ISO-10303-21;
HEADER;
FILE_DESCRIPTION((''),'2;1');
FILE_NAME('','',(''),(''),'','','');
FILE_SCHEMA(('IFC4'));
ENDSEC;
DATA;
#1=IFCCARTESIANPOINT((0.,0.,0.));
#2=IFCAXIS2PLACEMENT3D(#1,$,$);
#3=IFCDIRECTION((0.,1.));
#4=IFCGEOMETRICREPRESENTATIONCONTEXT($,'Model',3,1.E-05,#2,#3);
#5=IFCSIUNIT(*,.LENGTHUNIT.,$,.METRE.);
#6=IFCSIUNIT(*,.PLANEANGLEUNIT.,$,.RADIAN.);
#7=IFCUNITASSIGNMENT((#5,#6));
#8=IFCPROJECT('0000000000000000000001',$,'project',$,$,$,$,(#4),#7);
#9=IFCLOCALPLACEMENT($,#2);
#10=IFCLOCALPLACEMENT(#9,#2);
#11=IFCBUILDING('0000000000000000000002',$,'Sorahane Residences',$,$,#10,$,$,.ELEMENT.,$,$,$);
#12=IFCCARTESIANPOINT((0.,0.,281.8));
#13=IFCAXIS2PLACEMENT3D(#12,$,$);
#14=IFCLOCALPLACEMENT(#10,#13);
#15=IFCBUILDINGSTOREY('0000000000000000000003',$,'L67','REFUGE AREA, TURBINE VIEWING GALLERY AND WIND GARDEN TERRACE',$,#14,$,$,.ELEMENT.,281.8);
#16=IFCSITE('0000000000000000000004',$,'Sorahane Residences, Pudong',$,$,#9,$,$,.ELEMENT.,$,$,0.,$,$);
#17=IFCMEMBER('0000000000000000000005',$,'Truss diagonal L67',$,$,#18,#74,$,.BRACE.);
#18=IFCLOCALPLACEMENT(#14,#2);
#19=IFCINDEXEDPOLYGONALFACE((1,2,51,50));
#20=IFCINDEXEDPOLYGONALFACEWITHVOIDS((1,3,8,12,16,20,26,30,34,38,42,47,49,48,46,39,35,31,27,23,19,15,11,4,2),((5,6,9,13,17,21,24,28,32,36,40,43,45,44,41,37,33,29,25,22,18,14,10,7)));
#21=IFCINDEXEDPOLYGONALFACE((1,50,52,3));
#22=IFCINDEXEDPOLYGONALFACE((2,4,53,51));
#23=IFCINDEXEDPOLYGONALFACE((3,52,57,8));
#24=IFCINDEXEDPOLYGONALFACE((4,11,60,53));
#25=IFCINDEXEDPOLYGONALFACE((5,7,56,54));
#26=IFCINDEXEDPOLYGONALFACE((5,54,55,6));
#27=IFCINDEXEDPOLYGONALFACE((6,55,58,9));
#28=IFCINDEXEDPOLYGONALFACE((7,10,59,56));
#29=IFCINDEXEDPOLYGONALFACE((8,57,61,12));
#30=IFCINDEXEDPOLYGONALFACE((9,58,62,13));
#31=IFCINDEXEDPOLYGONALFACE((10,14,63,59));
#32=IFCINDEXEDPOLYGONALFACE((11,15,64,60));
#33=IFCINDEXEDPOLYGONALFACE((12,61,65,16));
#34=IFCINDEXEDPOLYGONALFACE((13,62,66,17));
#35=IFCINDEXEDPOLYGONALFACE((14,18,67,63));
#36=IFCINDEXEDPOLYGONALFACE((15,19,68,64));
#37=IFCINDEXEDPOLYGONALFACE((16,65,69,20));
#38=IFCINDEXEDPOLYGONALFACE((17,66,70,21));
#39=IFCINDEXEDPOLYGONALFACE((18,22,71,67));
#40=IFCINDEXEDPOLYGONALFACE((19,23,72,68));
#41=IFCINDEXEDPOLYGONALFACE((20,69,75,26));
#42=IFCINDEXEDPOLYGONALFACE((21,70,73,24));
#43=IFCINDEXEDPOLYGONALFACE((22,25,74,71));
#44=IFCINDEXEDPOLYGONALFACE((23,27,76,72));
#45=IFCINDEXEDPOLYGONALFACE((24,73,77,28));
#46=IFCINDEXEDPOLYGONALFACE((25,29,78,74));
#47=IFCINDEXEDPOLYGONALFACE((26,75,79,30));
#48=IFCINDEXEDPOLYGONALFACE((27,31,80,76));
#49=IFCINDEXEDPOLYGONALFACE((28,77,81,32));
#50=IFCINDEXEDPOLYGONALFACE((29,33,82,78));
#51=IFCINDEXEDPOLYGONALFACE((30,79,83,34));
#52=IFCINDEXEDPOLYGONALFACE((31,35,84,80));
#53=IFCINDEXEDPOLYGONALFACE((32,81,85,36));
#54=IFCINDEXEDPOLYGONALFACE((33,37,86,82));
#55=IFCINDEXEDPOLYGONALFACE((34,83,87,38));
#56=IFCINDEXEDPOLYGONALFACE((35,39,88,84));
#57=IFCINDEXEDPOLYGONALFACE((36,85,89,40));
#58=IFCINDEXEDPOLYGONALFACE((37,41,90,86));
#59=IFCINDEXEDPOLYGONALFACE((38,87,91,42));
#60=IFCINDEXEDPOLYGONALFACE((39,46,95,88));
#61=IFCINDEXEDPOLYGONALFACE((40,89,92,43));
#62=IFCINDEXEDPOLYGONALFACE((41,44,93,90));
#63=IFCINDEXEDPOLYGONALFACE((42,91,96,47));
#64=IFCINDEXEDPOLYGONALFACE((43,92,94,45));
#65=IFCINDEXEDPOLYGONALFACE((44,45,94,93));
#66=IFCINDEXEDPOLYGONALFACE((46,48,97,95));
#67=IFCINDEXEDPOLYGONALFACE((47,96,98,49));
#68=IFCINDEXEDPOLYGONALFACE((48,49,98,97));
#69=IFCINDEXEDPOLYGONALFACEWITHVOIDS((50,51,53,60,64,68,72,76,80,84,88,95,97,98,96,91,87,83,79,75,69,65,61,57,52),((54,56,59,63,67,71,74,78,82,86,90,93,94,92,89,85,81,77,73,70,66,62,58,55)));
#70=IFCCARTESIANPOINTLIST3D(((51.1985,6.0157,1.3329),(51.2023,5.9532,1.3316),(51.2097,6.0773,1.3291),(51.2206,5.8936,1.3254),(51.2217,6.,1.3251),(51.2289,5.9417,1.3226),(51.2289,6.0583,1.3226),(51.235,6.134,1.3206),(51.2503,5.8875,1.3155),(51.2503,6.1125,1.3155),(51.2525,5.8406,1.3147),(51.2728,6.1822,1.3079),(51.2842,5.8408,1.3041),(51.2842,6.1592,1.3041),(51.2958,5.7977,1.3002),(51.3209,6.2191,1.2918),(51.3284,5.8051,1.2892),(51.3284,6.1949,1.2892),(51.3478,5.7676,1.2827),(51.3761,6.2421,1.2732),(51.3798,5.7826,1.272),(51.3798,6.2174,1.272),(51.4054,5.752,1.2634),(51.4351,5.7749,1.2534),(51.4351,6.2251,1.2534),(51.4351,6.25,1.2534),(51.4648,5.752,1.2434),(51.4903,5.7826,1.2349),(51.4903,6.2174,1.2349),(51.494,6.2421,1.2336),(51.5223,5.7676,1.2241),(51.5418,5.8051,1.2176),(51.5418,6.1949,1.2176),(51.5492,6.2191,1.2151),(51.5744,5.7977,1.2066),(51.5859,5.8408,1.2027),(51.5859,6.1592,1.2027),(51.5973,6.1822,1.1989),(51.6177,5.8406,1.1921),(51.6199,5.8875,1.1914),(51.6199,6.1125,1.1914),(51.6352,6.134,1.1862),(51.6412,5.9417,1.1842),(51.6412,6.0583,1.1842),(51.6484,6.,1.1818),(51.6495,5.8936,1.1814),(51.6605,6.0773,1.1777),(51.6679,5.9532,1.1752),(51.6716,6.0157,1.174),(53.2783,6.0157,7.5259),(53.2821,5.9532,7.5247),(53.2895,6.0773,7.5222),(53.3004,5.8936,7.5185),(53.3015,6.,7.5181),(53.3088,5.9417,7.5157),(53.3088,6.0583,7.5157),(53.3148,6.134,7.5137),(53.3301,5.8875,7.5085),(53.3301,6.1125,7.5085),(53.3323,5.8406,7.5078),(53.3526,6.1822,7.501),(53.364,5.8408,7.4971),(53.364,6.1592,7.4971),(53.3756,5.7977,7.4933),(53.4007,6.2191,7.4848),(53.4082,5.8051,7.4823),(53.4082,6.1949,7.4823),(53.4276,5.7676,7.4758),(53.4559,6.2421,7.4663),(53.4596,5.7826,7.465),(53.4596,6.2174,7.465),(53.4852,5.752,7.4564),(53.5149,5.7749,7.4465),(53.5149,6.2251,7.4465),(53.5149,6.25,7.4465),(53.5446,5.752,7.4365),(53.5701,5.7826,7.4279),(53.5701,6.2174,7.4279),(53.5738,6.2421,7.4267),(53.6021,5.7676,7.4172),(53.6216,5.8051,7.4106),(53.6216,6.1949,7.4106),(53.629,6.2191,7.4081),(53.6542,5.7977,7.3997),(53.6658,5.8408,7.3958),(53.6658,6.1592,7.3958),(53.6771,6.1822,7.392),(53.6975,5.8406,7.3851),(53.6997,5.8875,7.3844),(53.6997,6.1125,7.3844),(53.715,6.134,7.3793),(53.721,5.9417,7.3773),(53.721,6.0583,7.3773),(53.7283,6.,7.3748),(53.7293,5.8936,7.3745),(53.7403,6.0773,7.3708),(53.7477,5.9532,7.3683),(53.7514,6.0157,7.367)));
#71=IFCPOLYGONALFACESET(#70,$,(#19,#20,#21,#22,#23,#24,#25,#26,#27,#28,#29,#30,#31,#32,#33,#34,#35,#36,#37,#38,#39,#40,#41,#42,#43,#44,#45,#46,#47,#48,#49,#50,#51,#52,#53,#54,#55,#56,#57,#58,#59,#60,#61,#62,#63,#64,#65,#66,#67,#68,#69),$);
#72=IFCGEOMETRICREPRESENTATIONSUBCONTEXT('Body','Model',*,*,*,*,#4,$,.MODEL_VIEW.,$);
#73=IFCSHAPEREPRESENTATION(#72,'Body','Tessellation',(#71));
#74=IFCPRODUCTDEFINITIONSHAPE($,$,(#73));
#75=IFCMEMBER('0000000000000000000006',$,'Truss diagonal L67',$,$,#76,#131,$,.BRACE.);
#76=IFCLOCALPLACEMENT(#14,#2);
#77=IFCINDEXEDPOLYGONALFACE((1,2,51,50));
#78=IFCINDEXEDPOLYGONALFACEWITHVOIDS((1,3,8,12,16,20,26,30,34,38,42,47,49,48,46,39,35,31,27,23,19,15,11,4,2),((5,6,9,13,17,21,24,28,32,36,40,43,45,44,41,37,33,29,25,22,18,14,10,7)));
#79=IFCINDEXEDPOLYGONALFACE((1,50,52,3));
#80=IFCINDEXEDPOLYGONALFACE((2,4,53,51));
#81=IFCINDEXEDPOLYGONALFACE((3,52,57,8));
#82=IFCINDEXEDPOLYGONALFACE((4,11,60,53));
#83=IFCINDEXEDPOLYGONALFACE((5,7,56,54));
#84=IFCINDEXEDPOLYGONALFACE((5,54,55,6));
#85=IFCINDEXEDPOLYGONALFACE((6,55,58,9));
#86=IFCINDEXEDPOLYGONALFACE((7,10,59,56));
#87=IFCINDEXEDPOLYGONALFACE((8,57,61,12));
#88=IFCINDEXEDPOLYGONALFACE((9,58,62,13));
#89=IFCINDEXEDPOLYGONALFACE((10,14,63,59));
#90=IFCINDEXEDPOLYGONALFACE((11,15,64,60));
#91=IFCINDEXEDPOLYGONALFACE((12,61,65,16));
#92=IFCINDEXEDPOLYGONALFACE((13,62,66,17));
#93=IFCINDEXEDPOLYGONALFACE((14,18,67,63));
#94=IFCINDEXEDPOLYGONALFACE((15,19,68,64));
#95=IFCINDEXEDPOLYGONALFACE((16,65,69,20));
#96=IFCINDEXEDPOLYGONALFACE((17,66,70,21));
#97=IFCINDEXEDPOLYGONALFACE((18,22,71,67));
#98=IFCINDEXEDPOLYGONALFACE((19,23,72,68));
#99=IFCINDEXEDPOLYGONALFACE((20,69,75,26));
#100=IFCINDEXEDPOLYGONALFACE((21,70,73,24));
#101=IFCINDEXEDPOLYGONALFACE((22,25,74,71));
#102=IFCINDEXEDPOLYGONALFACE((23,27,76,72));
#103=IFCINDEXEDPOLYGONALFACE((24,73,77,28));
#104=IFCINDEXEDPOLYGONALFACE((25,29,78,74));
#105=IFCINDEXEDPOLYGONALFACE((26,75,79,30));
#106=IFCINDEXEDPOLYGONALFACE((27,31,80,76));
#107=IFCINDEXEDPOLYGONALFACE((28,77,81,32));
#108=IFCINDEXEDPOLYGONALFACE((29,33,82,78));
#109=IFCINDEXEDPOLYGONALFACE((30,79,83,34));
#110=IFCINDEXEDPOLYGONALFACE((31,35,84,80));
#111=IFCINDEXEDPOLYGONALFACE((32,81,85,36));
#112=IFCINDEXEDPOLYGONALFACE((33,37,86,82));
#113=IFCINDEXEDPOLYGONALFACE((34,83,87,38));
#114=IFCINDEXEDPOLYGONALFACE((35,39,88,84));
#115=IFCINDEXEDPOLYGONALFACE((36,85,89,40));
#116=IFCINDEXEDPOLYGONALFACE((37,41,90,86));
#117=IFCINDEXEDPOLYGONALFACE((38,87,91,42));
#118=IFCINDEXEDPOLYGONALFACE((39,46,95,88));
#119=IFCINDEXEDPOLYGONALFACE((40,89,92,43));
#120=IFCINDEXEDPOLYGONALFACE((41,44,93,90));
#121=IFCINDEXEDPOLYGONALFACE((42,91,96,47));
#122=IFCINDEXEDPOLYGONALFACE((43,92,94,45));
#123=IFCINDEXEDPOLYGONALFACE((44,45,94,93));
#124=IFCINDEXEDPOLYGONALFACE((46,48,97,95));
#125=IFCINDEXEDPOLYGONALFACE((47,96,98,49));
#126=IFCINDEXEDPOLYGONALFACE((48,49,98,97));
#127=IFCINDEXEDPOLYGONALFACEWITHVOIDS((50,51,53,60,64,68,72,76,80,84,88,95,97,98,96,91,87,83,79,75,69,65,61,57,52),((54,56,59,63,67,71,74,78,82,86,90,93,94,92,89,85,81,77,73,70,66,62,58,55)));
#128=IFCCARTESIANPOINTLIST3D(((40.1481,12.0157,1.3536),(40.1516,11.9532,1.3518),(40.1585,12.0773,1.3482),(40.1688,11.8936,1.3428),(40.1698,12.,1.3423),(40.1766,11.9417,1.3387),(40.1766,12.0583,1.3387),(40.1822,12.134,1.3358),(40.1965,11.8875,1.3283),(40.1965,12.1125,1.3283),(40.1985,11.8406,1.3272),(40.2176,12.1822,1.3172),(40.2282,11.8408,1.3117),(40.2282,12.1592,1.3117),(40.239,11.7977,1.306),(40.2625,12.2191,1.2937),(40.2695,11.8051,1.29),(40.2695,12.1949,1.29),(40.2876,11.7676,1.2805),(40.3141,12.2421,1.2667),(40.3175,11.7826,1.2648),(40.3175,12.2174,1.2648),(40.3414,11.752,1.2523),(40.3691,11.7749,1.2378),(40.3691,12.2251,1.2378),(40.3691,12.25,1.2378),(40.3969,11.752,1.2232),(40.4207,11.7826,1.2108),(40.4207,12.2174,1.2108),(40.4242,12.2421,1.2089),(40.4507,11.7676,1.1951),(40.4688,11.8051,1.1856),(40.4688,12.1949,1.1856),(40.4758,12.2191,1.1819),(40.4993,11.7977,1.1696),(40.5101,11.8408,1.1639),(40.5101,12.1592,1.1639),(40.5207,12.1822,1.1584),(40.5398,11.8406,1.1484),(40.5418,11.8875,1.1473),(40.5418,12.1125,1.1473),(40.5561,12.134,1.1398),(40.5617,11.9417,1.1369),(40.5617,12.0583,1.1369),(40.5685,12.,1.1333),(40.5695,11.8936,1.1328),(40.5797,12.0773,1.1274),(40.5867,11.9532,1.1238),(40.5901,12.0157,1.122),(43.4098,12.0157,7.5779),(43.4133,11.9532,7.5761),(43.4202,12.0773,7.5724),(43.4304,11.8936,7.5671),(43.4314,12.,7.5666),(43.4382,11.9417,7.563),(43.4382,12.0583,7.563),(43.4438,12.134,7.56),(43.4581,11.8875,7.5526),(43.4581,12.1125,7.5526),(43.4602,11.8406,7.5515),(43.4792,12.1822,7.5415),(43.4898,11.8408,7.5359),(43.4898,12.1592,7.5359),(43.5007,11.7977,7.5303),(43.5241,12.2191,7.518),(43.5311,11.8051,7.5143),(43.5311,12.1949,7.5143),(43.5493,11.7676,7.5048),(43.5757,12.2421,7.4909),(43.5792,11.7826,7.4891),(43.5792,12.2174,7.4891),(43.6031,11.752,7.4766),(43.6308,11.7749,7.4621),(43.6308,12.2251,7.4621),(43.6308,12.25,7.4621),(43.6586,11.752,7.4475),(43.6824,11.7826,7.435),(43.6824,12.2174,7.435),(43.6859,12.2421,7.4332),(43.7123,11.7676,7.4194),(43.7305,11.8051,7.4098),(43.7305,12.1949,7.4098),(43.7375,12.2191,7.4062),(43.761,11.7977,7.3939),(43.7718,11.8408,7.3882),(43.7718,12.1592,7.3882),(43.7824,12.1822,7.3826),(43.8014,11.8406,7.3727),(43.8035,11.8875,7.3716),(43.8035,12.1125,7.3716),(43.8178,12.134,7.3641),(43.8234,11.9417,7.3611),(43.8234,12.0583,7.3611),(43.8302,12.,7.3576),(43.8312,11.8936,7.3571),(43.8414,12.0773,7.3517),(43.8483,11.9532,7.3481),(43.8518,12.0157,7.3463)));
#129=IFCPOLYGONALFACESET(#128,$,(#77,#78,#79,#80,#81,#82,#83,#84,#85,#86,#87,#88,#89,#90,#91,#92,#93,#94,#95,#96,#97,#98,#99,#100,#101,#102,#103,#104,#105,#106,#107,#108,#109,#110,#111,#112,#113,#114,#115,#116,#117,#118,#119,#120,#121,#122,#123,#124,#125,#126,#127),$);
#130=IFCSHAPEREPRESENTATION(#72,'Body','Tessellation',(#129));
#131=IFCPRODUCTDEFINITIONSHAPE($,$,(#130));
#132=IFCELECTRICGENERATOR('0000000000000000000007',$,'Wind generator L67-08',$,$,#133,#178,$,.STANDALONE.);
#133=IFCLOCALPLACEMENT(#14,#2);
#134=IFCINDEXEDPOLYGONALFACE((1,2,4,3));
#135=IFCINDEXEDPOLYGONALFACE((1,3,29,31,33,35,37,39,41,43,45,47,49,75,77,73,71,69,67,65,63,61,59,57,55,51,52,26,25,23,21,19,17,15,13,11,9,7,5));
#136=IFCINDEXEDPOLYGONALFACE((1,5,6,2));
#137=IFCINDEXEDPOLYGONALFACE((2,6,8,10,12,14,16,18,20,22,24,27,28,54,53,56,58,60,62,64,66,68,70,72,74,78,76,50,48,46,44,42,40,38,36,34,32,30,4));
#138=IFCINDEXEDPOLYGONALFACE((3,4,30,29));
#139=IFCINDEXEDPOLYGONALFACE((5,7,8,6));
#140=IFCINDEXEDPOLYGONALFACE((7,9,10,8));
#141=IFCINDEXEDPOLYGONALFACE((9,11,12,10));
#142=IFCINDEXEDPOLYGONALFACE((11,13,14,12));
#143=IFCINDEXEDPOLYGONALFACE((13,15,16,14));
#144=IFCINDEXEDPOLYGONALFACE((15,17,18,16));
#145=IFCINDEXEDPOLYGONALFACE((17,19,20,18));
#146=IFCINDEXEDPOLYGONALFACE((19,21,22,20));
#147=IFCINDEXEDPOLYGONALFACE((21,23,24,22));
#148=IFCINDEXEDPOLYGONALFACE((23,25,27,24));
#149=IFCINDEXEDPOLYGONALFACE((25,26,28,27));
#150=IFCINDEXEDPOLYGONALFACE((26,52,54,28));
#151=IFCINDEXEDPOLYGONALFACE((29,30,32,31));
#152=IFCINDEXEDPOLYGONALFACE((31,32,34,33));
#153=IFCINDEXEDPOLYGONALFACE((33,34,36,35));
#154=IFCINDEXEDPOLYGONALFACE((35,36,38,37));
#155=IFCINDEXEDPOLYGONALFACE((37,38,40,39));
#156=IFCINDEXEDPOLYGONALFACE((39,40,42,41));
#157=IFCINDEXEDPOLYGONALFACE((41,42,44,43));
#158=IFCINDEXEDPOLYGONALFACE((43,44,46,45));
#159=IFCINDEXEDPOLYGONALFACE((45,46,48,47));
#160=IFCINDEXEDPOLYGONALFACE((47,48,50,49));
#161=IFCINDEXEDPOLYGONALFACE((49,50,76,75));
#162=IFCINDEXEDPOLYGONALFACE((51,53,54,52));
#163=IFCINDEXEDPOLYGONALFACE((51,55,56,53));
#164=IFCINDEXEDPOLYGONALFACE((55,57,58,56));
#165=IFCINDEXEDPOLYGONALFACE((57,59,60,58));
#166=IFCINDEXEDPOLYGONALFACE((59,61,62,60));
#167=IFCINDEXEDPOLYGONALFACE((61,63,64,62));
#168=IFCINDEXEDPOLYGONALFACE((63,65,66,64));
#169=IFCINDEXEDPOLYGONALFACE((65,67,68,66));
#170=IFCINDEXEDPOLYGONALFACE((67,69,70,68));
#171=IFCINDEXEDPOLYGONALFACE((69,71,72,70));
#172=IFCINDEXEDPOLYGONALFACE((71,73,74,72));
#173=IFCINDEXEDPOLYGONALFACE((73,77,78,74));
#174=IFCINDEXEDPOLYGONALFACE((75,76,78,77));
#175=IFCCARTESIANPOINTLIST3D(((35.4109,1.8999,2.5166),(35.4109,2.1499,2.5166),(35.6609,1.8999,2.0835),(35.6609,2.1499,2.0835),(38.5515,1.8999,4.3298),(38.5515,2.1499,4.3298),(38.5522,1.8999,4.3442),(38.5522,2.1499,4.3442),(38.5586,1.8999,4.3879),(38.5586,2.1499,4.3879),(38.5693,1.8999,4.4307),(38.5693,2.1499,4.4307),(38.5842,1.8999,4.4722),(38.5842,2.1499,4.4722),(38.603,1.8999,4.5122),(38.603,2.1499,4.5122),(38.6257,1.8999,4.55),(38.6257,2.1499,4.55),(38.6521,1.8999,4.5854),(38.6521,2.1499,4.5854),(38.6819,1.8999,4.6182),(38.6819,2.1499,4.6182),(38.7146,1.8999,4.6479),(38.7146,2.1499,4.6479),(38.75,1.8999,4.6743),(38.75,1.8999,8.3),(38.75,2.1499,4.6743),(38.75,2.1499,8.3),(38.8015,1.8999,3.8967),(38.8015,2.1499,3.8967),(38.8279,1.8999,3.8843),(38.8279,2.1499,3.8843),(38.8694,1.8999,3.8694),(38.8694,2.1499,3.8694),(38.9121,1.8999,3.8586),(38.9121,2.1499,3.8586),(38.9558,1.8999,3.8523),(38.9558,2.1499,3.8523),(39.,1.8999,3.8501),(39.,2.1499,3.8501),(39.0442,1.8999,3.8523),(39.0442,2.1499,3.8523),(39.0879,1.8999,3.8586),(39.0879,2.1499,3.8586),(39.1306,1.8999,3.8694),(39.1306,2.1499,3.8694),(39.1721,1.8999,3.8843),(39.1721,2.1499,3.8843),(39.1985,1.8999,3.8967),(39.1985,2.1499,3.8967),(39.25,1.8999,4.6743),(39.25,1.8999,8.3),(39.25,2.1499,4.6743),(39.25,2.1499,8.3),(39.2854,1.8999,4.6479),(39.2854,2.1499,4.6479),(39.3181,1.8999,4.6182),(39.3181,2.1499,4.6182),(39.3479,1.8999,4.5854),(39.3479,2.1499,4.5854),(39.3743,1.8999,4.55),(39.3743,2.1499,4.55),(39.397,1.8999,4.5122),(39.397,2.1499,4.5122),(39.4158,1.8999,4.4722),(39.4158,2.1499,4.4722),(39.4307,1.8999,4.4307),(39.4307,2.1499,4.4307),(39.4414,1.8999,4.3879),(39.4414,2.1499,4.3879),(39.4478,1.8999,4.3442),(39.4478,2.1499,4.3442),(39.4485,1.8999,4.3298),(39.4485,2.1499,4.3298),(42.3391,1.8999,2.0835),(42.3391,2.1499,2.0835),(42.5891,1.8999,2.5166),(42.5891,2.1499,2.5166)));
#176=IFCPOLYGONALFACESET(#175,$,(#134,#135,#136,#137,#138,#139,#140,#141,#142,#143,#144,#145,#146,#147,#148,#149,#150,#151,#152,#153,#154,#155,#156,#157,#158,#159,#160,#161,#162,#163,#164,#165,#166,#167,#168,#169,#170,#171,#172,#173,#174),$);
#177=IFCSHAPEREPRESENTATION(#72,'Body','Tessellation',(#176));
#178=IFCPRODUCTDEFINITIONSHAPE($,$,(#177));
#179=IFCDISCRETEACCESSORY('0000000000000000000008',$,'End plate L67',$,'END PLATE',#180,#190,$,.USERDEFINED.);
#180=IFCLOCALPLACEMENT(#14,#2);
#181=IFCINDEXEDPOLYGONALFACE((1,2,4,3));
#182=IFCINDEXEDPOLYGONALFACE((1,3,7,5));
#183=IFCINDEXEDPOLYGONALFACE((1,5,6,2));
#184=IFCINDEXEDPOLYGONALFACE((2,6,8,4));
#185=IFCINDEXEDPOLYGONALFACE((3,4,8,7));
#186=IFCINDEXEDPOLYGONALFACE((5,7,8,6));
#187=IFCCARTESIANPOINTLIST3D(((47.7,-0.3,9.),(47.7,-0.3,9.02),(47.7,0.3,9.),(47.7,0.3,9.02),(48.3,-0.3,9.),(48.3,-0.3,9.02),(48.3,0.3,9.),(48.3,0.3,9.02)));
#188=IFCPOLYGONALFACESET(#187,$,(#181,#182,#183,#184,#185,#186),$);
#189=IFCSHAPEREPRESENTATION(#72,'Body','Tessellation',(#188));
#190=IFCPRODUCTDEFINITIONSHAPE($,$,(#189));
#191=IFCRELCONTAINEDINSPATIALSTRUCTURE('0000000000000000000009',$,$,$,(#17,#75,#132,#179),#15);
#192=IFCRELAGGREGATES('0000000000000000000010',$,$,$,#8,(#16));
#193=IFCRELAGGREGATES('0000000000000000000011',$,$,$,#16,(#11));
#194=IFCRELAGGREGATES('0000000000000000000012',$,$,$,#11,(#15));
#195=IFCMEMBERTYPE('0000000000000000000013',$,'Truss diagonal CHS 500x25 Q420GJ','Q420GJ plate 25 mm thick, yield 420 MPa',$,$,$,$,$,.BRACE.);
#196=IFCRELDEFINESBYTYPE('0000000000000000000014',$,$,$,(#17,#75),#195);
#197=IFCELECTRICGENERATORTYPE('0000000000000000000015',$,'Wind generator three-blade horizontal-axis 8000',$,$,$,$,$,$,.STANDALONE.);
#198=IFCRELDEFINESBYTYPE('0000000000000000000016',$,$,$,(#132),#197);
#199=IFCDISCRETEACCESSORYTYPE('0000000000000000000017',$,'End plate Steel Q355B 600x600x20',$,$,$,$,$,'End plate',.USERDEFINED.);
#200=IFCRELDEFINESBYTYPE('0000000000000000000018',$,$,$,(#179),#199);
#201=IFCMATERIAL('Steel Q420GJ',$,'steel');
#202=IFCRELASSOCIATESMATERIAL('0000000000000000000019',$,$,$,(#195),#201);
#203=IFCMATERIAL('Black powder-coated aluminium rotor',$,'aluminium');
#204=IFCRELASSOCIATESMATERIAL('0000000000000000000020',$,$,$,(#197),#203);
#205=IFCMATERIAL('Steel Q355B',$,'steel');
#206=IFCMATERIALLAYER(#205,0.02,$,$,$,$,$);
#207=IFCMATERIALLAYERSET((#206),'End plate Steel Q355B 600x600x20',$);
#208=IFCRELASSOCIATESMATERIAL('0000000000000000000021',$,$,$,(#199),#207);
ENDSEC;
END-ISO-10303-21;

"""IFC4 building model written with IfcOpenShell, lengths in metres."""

from ifc_helpers import new_model, si_unit, direction, frame, origin, origin_2d, place, context, subcontext, project, spatial, polyline, rectangle, hollow_circle, outline, extrude, material, layer, layer_set, material_profile, profile_set, type_object, element, save


model = new_model("IFC4")

# Units and contexts
model_context = context("Model", 3, precision=1e-05, world=origin(), true_north=direction((0.0, 1.0)))
body_context = subcontext(model_context, "Body", "Model", "MODEL_VIEW")
ifc_project = project(units=[si_unit("LENGTHUNIT", "METRE"), si_unit("PLANEANGLEUNIT", "RADIAN")], contexts=[model_context])

# Site, building, storey
site_placement = place(None, origin())
site = spatial("IfcSite", under=ifc_project, at=site_placement, Name="Sorahane Residences, Pudong", CompositionType="ELEMENT", RefElevation=0.0)
building_placement = place(site_placement, origin())
building = spatial("IfcBuilding", under=site, at=building_placement, Name="Sorahane Residences", CompositionType="ELEMENT")
storey_placement = place(building_placement, frame((0.0, 0.0, 281.8)))
storey = spatial("IfcBuildingStorey", under=building, at=storey_placement, Name="L67", Description="REFUGE AREA, TURBINE VIEWING GALLERY AND WIND GARDEN TERRACE", CompositionType="ELEMENT", Elevation=281.8)

# Members
ifc_material_1 = material(Name="Steel Q420GJ", Category="steel")
ifc_material_profile_1 = material_profile(ifc_material_1, hollow_circle(Radius=0.25, WallThickness=0.0249, at=origin_2d()), Name="CHS 500x25")
ifc_profile_set_1 = profile_set([ifc_material_profile_1], Name="Steel Q420GJ")
member_type = type_object("IfcMemberType", Name="Truss diagonal CHS 500x25 Q420GJ", Description="Q420GJ plate 25 mm thick, yield 420 MPa", PredefinedType="BRACE", material=ifc_profile_set_1)
member_1_placement = place(storey_placement, frame((51.4351, 6.0, 1.2534), z_axis=(0.318357, 0.0, 0.947971), x_axis=(0.0, 1.0, 0.0)))
element("IfcMember", 1, at=member_1_placement, inside=storey, type_object=member_type, Name="Truss diagonal L67", PredefinedType="BRACE", context=body_context, shape_type="SweptSolid", body=[
    extrude(hollow_circle(Radius=0.25, WallThickness=0.0249, at=origin_2d()), origin(), (0.0, 0.0, 1.0), 6.533),
])
member_2_placement = place(storey_placement, frame((40.3691, 12.0, 1.2378), z_axis=(0.464156, 0.0, 0.885753), x_axis=(0.0, 1.0, 0.0)))
element("IfcMember", 2, at=member_2_placement, inside=storey, type_object=member_type, Name="Truss diagonal L67", PredefinedType="BRACE", context=body_context, shape_type="SweptSolid", body=[
    extrude(hollow_circle(Radius=0.25, WallThickness=0.0249, at=origin_2d()), origin(), (0.0, 0.0, 1.0), 7.0271),
])

# Electric generator
ifc_material_2 = material(Name="Black powder-coated aluminium rotor", Category="aluminium")
electric_generator_type = type_object("IfcElectricGeneratorType", Name="Wind generator three-blade horizontal-axis 8000", PredefinedType="STANDALONE", material=ifc_material_2)
electric_generator_placement = place(storey_placement, frame((39.0, 1.8999, 4.3), z_axis=(0.0, 1.0, 0.0), x_axis=(-1.0, 0.0, 0.0)))
element("IfcElectricGenerator", 3, at=electric_generator_placement, inside=storey, type_object=electric_generator_type, Name="Wind generator L67-08", PredefinedType="STANDALONE", context=body_context, shape_type="SweptSolid", body=[
    extrude(outline(polyline([(3.3391, -2.2166), (0.1985, -0.4033), (0.1721, -0.4158), (0.1306, -0.4307), (0.0879, -0.4414), (0.0442, -0.4478), (0.0, -0.45), (-0.0442, -0.4478), (-0.0879, -0.4414), (-0.1306, -0.4307), (-0.1721, -0.4158), (-0.1985, -0.4033), (-3.3391, -2.2166), (-3.5891, -1.7834), (-0.4485, 0.0298), (-0.4478, 0.0442), (-0.4414, 0.0879), (-0.4307, 0.1306), (-0.4158, 0.1721), (-0.397, 0.2122), (-0.3743, 0.25), (-0.3479, 0.2854), (-0.3181, 0.3181), (-0.2854, 0.3479), (-0.25, 0.3743), (-0.25, 0.3743), (-0.25, 4.0), (0.25, 4.0), (0.25, 0.3743), (0.25, 0.3743), (0.2854, 0.3479), (0.3181, 0.3181), (0.3479, 0.2854), (0.3743, 0.25), (0.397, 0.2122), (0.4158, 0.1721), (0.4307, 0.1306), (0.4414, 0.0879), (0.4478, 0.0442), (0.4485, 0.0298), (3.5891, -1.7834), (3.3391, -2.2166)])), origin(), (0.0, 0.0, 1.0), 0.25),
])

# Discrete accessory
ifc_material_3 = material(Name="Steel Q355B", Category="steel")
ifc_layer_1 = layer(ifc_material_3, 0.02)
ifc_layer_set_1 = layer_set([ifc_layer_1], Name="End plate Steel Q355B 600x600x20")
discrete_accessory_type_1 = type_object("IfcDiscreteAccessoryType", Name="End plate Steel Q355B 600x600x20", ElementType="End plate", PredefinedType="USERDEFINED", material=ifc_layer_set_1)
for number, where, z_axis, x_axis, name in (
    (4, (48.0, 0.0, 9.0), (0.0, 0.0, 1.0), (1.0, 0.0, 0.0), "End plate L67"),
):
    element("IfcDiscreteAccessory", number, at=place(storey_placement, frame(where, z_axis=z_axis, x_axis=x_axis)), inside=storey, type_object=discrete_accessory_type_1, Name=name, ObjectType="END PLATE", PredefinedType="USERDEFINED", context=body_context, shape_type="SweptSolid", body=[
        extrude(rectangle(XDim=0.6001, YDim=0.6001, at=origin_2d()), origin(), (0.0, 0.0, 1.0), 0.02),
    ])

save(model, "model.ifc")
